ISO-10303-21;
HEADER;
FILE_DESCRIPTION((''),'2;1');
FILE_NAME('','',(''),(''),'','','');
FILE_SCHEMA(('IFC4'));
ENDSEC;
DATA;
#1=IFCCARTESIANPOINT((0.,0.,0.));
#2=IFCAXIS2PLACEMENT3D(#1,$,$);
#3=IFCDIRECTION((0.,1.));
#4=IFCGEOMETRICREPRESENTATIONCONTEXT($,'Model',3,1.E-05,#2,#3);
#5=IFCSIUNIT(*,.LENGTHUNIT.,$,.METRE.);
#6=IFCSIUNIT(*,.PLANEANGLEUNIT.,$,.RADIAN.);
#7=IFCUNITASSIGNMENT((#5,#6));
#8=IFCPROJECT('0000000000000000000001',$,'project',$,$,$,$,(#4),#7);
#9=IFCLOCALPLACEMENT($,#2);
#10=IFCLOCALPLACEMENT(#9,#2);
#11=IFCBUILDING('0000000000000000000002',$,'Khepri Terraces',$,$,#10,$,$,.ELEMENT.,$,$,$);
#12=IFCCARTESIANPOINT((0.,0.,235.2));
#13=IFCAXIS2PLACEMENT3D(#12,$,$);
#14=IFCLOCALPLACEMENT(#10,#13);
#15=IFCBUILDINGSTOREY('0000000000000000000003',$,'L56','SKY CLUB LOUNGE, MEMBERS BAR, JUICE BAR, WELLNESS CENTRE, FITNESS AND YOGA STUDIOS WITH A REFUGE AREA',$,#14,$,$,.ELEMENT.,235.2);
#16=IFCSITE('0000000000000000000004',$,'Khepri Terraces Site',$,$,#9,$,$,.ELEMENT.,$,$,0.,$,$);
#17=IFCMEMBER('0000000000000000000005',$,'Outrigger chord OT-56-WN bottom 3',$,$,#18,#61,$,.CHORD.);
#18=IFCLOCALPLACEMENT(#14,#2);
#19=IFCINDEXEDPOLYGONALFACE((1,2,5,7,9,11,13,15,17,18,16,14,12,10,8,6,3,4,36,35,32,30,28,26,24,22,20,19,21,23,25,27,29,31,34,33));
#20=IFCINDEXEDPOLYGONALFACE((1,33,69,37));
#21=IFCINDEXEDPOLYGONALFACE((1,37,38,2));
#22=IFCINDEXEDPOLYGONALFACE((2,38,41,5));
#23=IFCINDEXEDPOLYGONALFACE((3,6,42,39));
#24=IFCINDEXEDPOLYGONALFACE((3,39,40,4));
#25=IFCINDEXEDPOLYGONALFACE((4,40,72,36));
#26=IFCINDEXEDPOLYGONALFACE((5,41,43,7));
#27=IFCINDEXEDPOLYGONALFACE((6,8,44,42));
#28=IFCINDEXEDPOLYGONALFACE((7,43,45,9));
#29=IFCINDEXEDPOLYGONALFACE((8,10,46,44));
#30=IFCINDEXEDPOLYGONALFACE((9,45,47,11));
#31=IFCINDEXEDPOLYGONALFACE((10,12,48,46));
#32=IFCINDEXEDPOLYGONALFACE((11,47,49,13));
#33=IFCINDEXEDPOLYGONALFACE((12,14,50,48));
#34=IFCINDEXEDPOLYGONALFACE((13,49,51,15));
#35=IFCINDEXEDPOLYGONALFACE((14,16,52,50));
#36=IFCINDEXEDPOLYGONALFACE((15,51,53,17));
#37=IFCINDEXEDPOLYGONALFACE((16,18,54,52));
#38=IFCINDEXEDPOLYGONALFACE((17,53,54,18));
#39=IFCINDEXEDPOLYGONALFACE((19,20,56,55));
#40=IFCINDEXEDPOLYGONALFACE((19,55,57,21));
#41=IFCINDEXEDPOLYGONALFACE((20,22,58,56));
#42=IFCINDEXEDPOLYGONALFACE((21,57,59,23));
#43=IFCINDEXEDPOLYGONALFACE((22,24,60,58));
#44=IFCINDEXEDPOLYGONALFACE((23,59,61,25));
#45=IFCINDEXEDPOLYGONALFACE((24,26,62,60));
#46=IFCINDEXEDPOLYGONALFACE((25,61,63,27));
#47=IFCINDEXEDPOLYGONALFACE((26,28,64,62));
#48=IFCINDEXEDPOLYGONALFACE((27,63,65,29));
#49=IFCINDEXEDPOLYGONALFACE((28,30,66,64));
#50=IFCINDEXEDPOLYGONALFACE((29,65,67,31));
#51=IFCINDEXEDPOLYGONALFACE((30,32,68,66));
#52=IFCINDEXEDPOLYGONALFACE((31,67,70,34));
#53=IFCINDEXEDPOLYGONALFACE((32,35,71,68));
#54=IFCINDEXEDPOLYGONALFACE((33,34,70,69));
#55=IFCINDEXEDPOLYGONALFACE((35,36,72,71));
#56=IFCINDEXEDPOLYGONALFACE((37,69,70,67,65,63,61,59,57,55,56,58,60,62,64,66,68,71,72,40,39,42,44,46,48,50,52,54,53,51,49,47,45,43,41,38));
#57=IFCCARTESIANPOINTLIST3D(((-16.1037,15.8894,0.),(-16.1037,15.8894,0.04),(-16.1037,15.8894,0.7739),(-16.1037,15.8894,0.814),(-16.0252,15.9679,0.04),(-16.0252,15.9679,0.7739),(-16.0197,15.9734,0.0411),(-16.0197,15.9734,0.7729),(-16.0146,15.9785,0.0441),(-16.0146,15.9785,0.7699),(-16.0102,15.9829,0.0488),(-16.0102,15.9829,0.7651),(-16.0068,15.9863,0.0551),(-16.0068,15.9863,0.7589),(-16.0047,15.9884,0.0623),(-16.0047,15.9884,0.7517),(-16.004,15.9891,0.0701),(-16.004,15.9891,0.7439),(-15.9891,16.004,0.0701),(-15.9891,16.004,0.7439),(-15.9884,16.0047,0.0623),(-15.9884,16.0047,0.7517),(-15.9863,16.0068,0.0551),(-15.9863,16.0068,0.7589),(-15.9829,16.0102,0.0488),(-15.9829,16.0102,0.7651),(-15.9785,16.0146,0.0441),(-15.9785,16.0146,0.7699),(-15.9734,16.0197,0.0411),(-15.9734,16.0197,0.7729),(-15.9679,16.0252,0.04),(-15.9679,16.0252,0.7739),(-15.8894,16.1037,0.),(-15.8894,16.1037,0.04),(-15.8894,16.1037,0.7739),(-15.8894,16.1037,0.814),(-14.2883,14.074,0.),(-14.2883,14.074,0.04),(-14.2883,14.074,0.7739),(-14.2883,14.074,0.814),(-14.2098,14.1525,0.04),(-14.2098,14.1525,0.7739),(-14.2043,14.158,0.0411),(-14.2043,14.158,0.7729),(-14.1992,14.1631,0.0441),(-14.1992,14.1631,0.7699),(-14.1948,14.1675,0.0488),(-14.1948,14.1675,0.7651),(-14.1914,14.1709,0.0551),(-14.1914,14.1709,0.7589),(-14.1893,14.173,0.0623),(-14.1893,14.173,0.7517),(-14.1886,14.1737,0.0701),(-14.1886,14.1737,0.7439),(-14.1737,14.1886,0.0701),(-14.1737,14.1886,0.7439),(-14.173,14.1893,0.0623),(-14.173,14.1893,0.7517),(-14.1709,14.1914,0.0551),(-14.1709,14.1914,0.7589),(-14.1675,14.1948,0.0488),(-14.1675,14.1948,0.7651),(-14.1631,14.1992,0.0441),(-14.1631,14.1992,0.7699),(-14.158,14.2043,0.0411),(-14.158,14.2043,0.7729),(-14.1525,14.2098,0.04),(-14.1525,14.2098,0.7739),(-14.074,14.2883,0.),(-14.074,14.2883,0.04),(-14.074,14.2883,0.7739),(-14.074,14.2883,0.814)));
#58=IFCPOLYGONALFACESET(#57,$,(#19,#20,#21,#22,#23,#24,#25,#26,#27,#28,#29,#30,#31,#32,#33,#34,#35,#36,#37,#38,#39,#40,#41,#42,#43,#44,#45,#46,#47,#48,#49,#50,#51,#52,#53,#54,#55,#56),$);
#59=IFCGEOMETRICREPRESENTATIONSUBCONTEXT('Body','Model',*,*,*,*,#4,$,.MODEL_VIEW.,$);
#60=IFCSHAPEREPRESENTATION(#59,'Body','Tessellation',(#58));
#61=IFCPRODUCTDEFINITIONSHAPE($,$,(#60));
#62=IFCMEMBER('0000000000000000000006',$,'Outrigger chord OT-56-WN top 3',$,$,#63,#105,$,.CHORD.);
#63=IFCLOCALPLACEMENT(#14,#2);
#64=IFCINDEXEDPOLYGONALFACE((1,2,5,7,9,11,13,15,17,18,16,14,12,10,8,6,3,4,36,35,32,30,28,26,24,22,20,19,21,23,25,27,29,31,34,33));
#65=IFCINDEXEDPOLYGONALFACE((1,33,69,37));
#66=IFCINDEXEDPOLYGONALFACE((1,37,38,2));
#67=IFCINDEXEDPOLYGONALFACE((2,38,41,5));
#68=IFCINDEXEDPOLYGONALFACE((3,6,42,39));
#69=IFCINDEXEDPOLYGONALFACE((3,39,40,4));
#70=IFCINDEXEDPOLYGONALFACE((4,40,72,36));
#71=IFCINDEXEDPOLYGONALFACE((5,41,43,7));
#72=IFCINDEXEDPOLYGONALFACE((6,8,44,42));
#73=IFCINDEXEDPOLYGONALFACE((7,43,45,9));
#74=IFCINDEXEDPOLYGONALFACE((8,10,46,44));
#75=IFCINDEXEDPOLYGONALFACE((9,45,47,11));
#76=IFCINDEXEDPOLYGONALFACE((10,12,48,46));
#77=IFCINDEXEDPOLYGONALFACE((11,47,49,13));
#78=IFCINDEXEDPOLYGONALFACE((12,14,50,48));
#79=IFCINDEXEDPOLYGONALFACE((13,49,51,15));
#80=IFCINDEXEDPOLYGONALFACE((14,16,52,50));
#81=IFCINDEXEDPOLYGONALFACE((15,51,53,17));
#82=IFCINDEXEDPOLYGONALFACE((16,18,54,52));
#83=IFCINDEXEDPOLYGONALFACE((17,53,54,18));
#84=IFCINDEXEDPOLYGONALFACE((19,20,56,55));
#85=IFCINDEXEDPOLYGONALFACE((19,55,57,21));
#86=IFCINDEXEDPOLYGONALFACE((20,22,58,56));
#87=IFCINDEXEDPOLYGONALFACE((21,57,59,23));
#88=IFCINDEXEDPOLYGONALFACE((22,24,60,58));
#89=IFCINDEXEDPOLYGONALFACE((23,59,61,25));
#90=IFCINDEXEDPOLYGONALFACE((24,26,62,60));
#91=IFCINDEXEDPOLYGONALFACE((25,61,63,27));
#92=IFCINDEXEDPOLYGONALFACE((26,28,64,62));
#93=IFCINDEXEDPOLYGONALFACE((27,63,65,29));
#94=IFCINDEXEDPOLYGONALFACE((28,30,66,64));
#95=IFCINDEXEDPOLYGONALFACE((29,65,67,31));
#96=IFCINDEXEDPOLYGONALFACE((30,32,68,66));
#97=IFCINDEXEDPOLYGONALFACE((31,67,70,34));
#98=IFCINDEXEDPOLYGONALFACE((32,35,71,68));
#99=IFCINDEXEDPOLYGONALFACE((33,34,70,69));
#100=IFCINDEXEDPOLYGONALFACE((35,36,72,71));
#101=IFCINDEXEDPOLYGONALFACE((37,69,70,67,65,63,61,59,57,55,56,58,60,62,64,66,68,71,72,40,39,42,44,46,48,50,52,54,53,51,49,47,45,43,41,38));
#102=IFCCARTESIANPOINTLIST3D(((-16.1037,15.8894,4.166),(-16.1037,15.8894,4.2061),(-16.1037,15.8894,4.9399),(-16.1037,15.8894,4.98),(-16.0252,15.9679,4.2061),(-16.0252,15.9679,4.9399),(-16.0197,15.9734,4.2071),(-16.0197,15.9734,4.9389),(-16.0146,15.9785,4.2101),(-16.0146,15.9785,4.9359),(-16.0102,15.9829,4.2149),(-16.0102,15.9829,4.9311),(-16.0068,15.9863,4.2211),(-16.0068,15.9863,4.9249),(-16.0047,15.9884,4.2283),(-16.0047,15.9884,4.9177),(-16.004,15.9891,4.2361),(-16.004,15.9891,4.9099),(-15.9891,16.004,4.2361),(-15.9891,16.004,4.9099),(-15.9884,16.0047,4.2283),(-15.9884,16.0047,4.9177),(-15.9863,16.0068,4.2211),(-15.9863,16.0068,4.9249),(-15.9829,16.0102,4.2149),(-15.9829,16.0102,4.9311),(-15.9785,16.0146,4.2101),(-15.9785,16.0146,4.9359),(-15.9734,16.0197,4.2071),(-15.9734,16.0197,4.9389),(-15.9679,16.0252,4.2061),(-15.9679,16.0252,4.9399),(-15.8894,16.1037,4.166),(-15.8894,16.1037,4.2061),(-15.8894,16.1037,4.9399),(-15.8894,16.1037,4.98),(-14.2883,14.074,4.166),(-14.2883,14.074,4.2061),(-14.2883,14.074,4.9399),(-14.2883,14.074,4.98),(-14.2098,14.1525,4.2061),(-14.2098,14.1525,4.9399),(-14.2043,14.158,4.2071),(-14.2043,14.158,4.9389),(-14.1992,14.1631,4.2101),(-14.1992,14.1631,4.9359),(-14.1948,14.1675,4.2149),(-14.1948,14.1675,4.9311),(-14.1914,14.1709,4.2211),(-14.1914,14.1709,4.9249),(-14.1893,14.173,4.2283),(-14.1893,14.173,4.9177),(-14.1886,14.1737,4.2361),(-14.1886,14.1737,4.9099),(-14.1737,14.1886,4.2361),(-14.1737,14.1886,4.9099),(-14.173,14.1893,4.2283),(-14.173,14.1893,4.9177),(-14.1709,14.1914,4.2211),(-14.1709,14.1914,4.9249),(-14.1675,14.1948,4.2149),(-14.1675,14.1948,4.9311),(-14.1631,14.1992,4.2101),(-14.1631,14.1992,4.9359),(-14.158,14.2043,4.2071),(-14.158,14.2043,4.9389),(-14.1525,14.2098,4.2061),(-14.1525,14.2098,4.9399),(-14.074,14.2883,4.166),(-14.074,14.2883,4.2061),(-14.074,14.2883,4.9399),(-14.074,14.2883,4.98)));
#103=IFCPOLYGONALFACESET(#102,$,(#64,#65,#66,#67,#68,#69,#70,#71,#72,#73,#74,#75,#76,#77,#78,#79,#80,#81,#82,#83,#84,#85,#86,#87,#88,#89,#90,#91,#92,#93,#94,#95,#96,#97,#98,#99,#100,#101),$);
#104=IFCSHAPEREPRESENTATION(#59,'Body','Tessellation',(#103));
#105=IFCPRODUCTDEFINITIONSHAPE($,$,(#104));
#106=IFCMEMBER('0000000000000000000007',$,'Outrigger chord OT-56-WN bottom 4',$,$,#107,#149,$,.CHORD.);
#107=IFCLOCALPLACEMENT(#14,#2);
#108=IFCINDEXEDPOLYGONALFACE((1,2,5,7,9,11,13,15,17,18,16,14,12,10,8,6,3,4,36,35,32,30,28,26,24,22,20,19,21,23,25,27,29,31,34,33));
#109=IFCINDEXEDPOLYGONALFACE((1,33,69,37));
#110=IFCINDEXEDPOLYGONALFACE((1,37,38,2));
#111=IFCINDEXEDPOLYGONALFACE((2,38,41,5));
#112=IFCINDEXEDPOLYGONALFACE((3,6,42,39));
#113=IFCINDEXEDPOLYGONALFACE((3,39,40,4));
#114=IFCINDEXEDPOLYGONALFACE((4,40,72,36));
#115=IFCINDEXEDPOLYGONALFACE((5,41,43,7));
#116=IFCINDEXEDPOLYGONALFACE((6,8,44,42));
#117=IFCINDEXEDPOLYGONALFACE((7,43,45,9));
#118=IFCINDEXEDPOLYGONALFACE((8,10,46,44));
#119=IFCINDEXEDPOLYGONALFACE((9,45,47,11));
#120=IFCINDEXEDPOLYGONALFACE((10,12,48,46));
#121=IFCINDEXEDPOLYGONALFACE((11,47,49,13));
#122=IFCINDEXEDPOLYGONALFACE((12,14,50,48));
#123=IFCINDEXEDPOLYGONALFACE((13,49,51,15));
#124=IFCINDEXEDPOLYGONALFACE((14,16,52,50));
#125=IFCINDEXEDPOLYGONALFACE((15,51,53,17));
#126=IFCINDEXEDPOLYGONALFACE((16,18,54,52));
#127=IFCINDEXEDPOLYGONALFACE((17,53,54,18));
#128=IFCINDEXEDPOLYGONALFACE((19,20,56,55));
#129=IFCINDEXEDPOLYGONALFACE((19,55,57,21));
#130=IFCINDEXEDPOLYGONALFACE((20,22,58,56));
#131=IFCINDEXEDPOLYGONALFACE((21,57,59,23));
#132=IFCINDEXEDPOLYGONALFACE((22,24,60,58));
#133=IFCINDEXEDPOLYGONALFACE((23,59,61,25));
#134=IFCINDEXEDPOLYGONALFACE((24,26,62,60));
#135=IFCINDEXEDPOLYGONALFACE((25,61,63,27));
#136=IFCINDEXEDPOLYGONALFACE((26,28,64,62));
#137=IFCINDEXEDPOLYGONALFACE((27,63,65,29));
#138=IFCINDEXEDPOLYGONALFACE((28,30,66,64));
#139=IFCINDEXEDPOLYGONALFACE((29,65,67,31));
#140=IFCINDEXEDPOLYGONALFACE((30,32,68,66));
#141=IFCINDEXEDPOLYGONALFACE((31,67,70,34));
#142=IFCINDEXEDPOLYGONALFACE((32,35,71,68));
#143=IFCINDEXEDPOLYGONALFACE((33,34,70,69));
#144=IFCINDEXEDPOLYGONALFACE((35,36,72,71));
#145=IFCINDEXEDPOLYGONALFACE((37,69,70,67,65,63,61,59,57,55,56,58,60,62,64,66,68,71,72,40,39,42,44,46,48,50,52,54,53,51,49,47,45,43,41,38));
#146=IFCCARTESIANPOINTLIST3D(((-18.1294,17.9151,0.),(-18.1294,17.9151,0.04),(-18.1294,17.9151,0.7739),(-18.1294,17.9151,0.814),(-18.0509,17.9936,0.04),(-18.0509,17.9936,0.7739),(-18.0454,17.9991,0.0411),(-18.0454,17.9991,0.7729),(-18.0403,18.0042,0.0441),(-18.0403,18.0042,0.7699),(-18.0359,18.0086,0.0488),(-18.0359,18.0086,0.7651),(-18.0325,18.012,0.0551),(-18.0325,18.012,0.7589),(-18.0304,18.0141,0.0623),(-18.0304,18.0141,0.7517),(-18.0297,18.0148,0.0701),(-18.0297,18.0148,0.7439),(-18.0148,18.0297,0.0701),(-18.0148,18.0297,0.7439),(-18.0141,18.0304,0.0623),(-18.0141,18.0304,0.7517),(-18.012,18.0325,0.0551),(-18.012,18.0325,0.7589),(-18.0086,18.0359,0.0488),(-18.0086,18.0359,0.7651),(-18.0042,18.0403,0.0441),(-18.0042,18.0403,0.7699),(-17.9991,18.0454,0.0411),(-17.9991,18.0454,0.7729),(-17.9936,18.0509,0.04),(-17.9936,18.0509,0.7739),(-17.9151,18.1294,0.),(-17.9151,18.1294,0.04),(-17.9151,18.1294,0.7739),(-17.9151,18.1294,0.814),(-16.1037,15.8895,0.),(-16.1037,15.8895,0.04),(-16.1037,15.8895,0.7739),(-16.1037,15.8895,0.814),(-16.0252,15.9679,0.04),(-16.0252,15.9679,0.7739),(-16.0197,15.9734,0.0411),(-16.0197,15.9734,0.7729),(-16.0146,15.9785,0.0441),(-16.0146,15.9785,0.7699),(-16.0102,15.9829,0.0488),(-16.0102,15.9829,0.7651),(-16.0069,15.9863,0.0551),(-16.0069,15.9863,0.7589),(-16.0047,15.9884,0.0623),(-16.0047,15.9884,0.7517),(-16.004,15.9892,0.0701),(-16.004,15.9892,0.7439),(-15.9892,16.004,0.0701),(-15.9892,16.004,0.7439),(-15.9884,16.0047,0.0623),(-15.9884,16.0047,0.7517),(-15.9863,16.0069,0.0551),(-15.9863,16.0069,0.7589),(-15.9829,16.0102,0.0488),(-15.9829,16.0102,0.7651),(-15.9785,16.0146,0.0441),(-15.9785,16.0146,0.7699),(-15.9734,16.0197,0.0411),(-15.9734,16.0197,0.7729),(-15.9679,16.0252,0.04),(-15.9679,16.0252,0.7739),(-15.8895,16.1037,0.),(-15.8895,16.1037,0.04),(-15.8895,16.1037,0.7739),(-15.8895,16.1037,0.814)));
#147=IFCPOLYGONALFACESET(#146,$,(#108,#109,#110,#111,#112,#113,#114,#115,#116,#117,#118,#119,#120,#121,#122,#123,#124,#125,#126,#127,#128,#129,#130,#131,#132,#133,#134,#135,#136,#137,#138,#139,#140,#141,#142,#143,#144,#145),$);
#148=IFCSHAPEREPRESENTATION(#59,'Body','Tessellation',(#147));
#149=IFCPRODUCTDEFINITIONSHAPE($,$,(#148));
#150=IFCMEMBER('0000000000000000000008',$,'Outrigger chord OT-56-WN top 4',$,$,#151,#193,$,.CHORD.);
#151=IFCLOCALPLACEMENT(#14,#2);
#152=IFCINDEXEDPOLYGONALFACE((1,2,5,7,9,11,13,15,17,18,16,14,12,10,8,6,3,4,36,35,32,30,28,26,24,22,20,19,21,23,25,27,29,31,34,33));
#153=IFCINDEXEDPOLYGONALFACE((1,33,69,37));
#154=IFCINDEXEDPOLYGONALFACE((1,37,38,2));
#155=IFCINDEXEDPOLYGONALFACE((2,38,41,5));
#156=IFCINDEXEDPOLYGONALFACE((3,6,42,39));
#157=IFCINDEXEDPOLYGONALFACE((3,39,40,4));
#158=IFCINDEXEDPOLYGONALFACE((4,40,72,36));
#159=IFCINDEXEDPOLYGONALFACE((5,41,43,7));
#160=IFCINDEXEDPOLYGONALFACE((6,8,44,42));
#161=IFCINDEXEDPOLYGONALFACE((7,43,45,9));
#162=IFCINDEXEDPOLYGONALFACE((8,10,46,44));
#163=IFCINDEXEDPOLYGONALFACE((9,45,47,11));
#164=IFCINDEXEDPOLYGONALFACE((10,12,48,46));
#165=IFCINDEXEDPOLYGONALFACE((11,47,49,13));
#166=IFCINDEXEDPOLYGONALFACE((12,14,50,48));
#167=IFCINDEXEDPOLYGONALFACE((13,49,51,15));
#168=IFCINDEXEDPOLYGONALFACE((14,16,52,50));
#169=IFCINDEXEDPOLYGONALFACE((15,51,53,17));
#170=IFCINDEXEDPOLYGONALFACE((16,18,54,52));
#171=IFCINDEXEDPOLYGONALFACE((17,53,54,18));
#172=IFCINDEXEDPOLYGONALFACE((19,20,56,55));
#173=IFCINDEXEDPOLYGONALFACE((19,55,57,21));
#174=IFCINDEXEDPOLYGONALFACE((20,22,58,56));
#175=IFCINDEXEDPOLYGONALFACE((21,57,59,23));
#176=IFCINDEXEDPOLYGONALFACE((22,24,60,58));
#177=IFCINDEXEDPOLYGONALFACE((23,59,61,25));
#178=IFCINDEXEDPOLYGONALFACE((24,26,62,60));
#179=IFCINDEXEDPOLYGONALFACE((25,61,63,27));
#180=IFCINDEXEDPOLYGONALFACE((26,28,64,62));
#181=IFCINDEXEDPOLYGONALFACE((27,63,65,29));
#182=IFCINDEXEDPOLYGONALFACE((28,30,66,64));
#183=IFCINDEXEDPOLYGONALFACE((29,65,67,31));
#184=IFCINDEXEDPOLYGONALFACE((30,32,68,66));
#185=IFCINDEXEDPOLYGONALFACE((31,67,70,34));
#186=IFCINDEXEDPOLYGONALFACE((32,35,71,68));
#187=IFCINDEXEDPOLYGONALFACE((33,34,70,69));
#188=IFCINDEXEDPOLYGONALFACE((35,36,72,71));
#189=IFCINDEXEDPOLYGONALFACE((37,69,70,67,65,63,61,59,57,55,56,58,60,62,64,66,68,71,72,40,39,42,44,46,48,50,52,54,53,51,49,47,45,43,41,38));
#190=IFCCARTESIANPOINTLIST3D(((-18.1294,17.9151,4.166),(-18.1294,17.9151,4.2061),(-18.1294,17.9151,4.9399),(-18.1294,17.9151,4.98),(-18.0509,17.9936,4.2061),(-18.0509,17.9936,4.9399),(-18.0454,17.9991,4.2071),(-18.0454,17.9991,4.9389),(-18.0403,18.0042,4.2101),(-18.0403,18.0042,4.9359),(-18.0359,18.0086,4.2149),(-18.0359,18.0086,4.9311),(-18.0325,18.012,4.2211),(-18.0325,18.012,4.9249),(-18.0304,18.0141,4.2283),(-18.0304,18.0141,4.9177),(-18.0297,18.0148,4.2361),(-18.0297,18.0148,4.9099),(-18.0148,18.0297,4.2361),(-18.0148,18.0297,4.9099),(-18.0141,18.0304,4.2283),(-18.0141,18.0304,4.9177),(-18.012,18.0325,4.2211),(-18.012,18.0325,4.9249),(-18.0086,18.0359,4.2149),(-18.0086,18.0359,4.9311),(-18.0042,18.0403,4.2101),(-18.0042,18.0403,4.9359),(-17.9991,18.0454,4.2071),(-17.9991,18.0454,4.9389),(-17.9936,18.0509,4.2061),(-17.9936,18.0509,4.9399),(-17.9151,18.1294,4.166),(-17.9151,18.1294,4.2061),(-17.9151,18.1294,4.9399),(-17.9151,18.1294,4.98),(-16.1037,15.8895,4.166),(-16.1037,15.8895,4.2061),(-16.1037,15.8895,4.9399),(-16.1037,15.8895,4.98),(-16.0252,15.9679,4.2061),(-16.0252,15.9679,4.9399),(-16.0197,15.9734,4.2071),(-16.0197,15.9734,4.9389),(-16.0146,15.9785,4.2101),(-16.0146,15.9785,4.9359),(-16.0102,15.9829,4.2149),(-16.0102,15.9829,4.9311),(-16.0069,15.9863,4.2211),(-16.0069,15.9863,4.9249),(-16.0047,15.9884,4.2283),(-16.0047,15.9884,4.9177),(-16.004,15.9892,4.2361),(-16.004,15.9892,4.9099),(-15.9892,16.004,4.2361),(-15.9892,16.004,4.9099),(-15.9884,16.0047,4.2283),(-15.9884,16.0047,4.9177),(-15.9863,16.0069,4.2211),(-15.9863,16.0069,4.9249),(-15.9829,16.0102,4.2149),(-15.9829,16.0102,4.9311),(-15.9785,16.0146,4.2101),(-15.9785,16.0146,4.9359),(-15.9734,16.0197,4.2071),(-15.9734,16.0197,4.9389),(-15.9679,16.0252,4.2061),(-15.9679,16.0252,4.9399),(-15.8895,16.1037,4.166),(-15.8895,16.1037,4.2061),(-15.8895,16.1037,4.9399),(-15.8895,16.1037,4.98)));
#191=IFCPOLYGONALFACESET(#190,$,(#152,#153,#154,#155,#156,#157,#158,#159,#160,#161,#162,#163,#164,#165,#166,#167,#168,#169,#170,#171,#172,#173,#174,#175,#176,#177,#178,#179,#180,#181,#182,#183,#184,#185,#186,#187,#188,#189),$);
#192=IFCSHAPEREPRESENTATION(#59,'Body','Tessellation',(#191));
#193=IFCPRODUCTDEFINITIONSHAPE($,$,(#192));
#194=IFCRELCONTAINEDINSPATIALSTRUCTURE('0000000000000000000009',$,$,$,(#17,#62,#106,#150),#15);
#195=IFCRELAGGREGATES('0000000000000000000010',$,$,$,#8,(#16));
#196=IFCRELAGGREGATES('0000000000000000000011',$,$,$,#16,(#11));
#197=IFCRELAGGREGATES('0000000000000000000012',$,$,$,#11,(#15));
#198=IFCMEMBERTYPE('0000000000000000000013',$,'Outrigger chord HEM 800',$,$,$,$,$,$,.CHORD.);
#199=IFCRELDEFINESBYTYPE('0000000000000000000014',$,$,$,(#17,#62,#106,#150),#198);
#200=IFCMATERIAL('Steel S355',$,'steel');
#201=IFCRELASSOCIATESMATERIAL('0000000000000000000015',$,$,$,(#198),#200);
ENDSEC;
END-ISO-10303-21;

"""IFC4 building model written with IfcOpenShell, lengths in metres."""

from ifc_helpers import new_model, si_unit, direction, frame, origin, origin_2d, place, context, subcontext, project, spatial, i_section, extrude, material, material_profile, profile_set, type_object, element, save


model = new_model("IFC4")

# Units and contexts
model_context = context("Model", 3, precision=1e-05, world=origin(), true_north=direction((0.0, 1.0)))
body_context = subcontext(model_context, "Body", "Model", "MODEL_VIEW")
ifc_project = project(units=[si_unit("LENGTHUNIT", "METRE"), si_unit("PLANEANGLEUNIT", "RADIAN")], contexts=[model_context])

# Site, building, storey
site_placement = place(None, origin())
site = spatial("IfcSite", under=ifc_project, at=site_placement, Name="Khepri Terraces Site", CompositionType="ELEMENT", RefElevation=0.0)
building_placement = place(site_placement, origin())
building = spatial("IfcBuilding", under=site, at=building_placement, Name="Khepri Terraces", CompositionType="ELEMENT")
storey_placement = place(building_placement, frame((0.0, 0.0, 235.2)))
storey = spatial("IfcBuildingStorey", under=building, at=storey_placement, Name="L56", Description="SKY CLUB LOUNGE, MEMBERS BAR, JUICE BAR, WELLNESS CENTRE, FITNESS AND YOGA STUDIOS WITH A REFUGE AREA", CompositionType="ELEMENT", Elevation=235.2)

# Members
ifc_material_1 = material(Name="Steel S355", Category="steel")
ifc_material_profile_1 = material_profile(ifc_material_1, i_section(OverallWidth=0.303, OverallDepth=0.814, WebThickness=0.021, FlangeThickness=0.04, FilletRadius=0.03, at=origin_2d()), Name="Steel S355", Category="steel")
ifc_profile_set_1 = profile_set([ifc_material_profile_1], Name="Steel S355")
member_type_1 = type_object("IfcMemberType", Name="Outrigger chord HEM 800", PredefinedType="CHORD", material=ifc_profile_set_1)
for number, where, z_axis, x_axis, name in (
    (1, (-14.1812, 14.1812, 0.407), (-0.707107, 0.707107, 0.0), (-0.707107, -0.707107, 0.0), "Outrigger chord OT-56-WN bottom 3"),
    (2, (-14.1812, 14.1812, 4.573), (-0.707107, 0.707107, 0.0), (-0.707107, -0.707107, 0.0), "Outrigger chord OT-56-WN top 3"),
):
    element("IfcMember", number, at=place(storey_placement, frame(where, z_axis=z_axis, x_axis=x_axis)), inside=storey, type_object=member_type_1, Name=name, PredefinedType="CHORD", context=body_context, shape_type="SweptSolid", body=[
        extrude(i_section(OverallWidth=0.303, OverallDepth=0.814, WebThickness=0.021, FlangeThickness=0.04, FilletRadius=0.03, at=origin_2d()), origin(), (0.0, 0.0, 1.0), 2.5674),
    ])
for number, where, z_axis, x_axis, name in (
    (3, (-15.9966, 15.9966, 0.407), (-0.707107, 0.707107, 0.0), (-0.707107, -0.707107, 0.0), "Outrigger chord OT-56-WN bottom 4"),
    (4, (-15.9966, 15.9966, 4.573), (-0.707107, 0.707107, 0.0), (-0.707107, -0.707107, 0.0), "Outrigger chord OT-56-WN top 4"),
):
    element("IfcMember", number, at=place(storey_placement, frame(where, z_axis=z_axis, x_axis=x_axis)), inside=storey, type_object=member_type_1, Name=name, PredefinedType="CHORD", context=body_context, shape_type="SweptSolid", body=[
        extrude(i_section(OverallWidth=0.303, OverallDepth=0.814, WebThickness=0.021, FlangeThickness=0.04, FilletRadius=0.03, at=origin_2d()), origin(), (0.0, 0.0, 1.0), 2.8647),
    ])

save(model, "model.ifc")
